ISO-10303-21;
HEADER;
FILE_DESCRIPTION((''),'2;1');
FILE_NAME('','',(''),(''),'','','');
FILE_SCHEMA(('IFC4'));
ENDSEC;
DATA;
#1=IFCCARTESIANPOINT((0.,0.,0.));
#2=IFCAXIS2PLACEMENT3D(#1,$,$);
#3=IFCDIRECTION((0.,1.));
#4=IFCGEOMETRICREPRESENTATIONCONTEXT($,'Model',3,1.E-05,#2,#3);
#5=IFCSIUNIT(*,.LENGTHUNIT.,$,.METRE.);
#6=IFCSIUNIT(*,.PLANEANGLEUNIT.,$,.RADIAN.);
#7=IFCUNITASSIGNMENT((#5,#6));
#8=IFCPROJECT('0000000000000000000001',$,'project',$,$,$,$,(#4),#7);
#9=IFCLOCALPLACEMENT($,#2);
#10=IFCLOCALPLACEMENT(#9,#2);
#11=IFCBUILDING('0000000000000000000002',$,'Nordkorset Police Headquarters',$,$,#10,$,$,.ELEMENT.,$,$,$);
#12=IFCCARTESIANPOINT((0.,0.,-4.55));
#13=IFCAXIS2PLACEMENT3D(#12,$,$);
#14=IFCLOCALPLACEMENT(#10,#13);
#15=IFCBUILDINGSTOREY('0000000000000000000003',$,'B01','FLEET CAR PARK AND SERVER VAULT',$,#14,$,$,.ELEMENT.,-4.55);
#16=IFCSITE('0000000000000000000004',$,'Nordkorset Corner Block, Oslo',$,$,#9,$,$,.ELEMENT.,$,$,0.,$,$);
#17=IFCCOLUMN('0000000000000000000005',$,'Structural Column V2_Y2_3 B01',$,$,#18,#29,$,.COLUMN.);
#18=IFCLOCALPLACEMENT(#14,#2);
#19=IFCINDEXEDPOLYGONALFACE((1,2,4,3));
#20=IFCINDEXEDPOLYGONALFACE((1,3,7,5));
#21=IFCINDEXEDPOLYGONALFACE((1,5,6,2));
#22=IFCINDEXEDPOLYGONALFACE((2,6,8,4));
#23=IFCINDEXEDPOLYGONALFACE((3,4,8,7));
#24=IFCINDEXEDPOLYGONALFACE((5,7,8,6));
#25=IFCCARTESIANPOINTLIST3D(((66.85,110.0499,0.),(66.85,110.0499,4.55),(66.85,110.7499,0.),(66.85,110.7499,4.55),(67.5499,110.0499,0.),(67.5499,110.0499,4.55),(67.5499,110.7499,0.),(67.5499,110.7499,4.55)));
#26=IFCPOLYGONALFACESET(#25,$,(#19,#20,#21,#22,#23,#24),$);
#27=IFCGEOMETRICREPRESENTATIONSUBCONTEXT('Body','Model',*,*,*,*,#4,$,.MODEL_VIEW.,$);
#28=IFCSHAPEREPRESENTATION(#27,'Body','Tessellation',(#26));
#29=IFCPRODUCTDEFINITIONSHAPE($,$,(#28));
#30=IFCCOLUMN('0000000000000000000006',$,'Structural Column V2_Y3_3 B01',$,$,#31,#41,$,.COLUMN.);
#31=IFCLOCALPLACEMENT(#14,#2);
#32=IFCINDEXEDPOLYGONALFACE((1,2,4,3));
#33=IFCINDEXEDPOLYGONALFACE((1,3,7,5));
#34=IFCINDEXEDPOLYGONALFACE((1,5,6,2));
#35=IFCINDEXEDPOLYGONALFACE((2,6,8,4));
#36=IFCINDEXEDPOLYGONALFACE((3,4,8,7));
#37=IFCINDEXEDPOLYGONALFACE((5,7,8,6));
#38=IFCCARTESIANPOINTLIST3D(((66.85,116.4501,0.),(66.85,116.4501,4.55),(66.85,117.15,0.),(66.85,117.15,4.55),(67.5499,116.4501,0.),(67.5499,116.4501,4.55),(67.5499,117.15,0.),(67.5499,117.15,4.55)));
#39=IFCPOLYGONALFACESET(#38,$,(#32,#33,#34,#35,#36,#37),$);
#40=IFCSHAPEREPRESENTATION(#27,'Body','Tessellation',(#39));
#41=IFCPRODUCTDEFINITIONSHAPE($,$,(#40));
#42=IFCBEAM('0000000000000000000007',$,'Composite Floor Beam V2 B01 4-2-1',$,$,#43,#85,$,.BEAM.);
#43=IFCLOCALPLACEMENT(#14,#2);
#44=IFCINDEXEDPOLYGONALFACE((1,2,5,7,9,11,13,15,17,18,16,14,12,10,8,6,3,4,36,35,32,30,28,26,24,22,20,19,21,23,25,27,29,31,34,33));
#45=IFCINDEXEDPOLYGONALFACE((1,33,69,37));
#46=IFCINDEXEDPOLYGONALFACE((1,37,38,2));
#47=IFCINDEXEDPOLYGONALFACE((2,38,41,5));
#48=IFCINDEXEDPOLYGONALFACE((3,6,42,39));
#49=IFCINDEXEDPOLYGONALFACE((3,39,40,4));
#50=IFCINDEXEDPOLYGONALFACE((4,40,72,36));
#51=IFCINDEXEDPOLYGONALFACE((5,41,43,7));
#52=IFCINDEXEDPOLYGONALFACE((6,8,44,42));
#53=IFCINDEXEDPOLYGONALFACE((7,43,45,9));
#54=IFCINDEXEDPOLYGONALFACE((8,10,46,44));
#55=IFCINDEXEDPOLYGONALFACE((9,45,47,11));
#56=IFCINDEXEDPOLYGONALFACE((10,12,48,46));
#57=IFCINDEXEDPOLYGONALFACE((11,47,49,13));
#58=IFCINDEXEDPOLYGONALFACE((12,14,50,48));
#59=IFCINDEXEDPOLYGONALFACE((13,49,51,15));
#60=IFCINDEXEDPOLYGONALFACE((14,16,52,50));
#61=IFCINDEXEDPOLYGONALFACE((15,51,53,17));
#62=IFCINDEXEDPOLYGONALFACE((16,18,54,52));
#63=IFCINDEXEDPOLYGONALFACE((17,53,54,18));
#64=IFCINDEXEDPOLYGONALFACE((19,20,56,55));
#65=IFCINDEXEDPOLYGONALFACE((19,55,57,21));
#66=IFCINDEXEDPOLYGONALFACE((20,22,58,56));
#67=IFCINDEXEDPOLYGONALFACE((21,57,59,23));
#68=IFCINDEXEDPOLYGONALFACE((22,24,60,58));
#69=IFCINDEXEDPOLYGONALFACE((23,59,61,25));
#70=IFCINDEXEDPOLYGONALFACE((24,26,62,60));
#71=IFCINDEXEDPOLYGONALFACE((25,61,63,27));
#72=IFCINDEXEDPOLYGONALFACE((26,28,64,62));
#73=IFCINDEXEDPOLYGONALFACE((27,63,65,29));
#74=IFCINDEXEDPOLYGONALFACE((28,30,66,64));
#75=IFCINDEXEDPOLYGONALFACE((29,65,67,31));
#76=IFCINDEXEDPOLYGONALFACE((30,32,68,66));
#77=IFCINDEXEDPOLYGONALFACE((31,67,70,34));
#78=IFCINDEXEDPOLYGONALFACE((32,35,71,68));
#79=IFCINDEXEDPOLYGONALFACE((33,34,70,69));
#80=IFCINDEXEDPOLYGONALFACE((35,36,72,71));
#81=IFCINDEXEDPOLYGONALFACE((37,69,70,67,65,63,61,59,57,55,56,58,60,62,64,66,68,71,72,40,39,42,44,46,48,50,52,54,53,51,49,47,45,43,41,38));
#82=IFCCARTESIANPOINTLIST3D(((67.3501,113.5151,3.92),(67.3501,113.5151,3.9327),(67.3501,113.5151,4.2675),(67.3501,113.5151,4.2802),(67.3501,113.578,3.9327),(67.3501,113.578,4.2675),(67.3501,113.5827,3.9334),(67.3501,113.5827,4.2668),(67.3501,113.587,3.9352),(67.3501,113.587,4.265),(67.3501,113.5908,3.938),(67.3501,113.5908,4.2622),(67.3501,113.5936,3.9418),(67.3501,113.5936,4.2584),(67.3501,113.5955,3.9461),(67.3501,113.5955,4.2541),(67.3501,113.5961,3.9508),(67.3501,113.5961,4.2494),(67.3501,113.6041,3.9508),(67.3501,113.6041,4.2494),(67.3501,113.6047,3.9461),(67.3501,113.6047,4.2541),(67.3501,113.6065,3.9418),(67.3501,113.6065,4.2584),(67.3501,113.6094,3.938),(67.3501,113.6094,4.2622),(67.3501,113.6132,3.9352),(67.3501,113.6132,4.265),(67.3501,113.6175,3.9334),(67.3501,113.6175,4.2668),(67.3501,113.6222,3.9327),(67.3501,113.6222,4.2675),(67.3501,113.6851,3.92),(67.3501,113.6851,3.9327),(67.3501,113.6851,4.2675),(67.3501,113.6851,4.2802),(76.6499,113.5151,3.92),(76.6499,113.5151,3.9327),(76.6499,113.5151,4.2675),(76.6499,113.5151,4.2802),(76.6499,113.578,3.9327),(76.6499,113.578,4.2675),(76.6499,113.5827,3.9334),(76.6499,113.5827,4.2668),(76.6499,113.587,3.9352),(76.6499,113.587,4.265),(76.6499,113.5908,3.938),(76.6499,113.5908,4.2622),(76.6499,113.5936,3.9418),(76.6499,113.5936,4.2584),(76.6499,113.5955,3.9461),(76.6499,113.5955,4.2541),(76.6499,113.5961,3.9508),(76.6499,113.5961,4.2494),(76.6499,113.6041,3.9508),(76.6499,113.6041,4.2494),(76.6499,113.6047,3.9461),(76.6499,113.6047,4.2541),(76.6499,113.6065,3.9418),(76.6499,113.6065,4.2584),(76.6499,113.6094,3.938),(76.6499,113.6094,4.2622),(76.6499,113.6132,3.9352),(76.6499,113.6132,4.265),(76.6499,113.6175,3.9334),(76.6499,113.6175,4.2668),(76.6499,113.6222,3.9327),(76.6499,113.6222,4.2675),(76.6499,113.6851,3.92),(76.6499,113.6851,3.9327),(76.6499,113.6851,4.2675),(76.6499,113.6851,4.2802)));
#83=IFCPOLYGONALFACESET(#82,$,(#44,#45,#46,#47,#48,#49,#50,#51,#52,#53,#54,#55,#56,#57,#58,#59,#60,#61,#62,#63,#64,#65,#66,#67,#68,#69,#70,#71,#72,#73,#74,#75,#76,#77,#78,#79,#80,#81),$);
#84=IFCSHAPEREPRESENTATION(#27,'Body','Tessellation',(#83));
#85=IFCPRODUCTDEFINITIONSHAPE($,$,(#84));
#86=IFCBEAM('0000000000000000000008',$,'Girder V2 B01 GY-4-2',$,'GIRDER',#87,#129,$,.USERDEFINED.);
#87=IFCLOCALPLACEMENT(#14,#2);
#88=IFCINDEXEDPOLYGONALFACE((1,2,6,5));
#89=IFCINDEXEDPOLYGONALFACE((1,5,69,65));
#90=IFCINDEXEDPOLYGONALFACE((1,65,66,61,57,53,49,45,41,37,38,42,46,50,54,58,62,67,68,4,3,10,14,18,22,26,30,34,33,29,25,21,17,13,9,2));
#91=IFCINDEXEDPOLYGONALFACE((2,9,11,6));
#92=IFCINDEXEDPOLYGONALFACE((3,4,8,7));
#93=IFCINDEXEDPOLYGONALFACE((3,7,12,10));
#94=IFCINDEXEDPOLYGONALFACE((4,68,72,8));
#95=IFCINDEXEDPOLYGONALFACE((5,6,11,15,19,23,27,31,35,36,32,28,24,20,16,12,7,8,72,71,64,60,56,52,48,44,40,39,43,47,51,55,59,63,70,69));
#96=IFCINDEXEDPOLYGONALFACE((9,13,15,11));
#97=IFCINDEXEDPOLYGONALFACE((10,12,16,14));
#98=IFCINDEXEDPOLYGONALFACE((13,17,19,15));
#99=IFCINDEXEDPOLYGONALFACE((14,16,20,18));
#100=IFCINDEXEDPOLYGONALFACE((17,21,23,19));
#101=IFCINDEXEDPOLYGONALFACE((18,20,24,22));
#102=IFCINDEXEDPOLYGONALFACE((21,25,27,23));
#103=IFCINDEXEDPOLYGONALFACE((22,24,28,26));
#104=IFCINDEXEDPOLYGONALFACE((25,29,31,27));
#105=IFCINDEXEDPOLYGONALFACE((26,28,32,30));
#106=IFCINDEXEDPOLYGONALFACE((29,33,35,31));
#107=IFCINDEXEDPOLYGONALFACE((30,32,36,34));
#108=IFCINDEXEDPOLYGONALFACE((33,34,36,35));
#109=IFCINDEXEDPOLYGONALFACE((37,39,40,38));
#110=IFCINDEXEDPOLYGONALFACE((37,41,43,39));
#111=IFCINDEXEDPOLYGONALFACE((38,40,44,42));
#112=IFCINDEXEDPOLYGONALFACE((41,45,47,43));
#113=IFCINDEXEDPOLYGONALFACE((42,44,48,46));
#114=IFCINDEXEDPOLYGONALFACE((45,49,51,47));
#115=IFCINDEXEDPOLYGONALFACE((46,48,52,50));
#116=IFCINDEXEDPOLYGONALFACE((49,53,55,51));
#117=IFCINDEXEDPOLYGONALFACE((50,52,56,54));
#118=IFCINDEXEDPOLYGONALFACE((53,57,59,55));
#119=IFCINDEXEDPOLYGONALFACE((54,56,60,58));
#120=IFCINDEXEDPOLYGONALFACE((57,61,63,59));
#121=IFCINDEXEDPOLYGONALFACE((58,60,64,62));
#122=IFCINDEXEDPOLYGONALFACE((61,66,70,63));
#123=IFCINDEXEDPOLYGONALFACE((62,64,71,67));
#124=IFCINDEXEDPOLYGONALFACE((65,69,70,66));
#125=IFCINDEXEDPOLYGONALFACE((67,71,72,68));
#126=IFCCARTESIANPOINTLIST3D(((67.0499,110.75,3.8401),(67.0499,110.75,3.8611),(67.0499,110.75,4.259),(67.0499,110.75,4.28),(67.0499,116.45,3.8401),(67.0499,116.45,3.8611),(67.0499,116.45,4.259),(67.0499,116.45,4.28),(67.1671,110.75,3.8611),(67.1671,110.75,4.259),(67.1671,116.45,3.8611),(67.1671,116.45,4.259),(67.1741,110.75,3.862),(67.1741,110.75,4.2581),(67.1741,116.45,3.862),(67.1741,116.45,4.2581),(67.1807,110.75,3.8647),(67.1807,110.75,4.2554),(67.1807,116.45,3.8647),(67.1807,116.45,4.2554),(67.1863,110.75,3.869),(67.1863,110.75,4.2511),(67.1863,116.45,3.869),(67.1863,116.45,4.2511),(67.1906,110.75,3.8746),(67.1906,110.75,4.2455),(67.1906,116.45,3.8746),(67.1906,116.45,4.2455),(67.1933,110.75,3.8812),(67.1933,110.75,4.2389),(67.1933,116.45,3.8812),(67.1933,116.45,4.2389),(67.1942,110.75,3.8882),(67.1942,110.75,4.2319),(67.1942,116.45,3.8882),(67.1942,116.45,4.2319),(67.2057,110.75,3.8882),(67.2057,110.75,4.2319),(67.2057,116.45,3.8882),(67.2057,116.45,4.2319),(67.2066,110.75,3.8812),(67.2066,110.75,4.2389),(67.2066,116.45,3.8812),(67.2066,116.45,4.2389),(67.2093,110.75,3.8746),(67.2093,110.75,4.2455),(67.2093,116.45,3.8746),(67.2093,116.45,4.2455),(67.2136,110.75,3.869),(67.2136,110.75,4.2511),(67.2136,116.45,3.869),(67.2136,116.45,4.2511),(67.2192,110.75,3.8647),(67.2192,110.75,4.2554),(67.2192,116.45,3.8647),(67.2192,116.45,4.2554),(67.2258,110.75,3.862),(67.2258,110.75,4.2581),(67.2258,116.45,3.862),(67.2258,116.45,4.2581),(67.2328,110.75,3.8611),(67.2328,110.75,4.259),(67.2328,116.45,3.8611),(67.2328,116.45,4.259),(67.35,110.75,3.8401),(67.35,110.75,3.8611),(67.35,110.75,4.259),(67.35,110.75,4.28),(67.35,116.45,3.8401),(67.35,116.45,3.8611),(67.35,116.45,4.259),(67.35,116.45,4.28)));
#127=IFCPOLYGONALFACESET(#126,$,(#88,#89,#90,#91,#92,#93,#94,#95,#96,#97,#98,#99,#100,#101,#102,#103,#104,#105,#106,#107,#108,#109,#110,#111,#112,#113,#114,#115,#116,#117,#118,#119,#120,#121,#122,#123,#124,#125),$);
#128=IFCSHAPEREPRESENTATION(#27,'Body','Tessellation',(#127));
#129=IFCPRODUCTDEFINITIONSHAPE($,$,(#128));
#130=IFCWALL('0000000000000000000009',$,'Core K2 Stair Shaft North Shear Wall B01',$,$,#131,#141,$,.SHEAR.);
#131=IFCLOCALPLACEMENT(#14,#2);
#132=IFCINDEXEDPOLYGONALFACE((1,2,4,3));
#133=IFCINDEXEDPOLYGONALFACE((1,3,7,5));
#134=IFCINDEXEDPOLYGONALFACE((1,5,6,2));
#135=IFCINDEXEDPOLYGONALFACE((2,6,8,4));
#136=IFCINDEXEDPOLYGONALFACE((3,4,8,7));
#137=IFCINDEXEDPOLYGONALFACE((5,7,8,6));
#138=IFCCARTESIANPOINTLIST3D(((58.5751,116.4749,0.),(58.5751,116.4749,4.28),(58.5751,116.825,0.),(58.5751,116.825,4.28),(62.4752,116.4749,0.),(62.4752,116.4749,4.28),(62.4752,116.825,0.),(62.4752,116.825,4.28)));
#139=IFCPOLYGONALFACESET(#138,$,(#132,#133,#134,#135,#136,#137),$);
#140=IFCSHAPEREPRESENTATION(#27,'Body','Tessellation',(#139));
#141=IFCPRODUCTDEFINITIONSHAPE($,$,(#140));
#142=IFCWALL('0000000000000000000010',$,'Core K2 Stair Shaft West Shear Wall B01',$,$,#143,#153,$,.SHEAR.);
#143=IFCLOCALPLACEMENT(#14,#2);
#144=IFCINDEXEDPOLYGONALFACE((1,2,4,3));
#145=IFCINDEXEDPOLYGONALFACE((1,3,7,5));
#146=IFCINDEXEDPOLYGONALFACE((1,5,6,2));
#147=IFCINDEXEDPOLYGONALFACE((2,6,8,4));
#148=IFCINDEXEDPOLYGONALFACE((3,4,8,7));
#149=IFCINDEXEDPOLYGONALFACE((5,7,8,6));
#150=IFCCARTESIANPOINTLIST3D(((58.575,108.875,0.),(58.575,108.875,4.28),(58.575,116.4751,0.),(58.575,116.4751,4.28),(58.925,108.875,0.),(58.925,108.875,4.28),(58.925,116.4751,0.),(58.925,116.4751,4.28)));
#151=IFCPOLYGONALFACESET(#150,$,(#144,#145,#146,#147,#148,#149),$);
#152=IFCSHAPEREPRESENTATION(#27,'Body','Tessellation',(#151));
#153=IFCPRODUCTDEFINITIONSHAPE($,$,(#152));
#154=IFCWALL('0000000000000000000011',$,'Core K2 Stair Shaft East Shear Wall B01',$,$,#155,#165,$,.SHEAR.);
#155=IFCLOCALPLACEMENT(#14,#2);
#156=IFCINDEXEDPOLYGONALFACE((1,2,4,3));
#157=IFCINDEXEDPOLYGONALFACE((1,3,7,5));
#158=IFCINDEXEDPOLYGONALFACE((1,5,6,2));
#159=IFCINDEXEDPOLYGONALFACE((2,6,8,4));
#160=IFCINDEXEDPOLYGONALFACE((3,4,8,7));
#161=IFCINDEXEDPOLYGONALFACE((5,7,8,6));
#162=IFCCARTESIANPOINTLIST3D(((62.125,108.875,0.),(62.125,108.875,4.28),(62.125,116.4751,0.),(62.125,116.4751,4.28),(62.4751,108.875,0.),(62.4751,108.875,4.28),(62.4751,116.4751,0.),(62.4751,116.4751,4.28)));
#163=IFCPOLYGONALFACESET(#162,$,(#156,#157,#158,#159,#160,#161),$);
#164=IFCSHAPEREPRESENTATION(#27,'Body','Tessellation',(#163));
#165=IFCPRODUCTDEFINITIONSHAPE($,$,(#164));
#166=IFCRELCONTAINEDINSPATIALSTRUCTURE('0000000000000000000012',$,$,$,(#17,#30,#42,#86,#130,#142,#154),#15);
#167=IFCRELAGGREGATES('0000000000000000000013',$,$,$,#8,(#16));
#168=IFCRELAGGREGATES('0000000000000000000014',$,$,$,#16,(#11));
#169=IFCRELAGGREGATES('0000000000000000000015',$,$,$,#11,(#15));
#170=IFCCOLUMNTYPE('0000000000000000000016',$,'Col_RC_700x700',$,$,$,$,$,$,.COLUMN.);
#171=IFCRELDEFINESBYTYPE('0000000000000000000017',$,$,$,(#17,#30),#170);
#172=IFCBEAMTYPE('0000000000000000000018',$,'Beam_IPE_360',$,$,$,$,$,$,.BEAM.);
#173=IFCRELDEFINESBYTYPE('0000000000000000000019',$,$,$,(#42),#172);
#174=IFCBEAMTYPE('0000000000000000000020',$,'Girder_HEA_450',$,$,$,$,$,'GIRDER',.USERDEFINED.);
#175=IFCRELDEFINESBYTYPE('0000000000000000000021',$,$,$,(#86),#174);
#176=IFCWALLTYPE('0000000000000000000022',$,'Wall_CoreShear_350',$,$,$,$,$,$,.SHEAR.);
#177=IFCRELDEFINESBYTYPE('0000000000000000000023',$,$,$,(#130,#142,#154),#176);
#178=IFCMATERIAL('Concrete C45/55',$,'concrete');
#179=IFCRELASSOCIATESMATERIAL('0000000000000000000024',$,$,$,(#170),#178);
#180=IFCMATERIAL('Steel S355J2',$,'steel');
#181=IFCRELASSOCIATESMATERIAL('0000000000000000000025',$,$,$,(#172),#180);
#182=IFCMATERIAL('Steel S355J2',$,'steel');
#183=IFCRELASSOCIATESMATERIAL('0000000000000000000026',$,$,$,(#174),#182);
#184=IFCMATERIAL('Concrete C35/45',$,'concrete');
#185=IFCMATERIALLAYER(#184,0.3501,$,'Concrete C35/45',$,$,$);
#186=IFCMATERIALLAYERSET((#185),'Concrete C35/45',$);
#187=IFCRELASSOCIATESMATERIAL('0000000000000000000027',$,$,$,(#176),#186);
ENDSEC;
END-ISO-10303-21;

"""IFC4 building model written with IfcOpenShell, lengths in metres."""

from ifc_helpers import new_model, si_unit, direction, frame, frame_2d, origin, origin_2d, place, context, subcontext, project, spatial, rectangle, i_section, extrude, material, layer, layer_set, material_profile, profile_set, type_object, element, save


model = new_model("IFC4")

# Units and contexts
model_context = context("Model", 3, precision=1e-05, world=origin(), true_north=direction((0.0, 1.0)))
body_context = subcontext(model_context, "Body", "Model", "MODEL_VIEW")
ifc_project = project(units=[si_unit("LENGTHUNIT", "METRE"), si_unit("PLANEANGLEUNIT", "RADIAN")], contexts=[model_context])

# Site, building, storey
site_placement = place(None, origin())
site = spatial("IfcSite", under=ifc_project, at=site_placement, Name="Nordkorset Corner Block, Oslo", CompositionType="ELEMENT", RefElevation=0.0)
building_placement = place(site_placement, origin())
building = spatial("IfcBuilding", under=site, at=building_placement, Name="Nordkorset Police Headquarters", CompositionType="ELEMENT")
storey_placement = place(building_placement, frame((0.0, 0.0, -4.55)))
storey = spatial("IfcBuildingStorey", under=building, at=storey_placement, Name="B01", Description="FLEET CAR PARK AND SERVER VAULT", CompositionType="ELEMENT", Elevation=-4.55)

# Columns
ifc_material_1 = material(Name="Concrete C45/55", Category="concrete")
ifc_material_profile_1 = material_profile(ifc_material_1, rectangle(XDim=0.7, YDim=0.7, at=origin_2d()), Name="RC 700x700")
ifc_profile_set_1 = profile_set([ifc_material_profile_1], Name="Concrete C45/55")
column_type = type_object("IfcColumnType", Name="Col_RC_700x700", PredefinedType="COLUMN", material=ifc_profile_set_1)
for number, where, z_axis, x_axis, name in (
    (1, (67.2, 110.3999, 0.0), (0.0, 0.0, 1.0), (1.0, 0.0, 0.0), "Structural Column V2_Y2_3 B01"),
    (2, (67.2, 116.8, 0.0), (0.0, 0.0, 1.0), (1.0, 0.0, 0.0), "Structural Column V2_Y3_3 B01"),
):
    element("IfcColumn", number, at=place(storey_placement, frame(where, z_axis=z_axis, x_axis=x_axis)), inside=storey, type_object=column_type, Name=name, PredefinedType="COLUMN", context=body_context, shape_type="SweptSolid", body=[
        extrude(rectangle(XDim=0.7, YDim=0.7, at=origin_2d()), origin(), (0.0, 0.0, 1.0), 4.55),
    ])

# Beams
ifc_material_2 = material(Name="Steel S355J2", Category="steel")
ifc_material_profile_2 = material_profile(ifc_material_2, i_section(OverallWidth=0.1699, OverallDepth=0.3601, WebThickness=0.0081, FlangeThickness=0.0127, FilletRadius=0.0181, at=origin_2d()), Name="IPE 360")
ifc_profile_set_2 = profile_set([ifc_material_profile_2], Name="Steel S355J2")
beam_type_1 = type_object("IfcBeamType", Name="Beam_IPE_360", PredefinedType="BEAM", material=ifc_profile_set_2)
beam_1_placement = place(storey_placement, frame((67.3501, 113.6001, 4.1001), z_axis=(1.0, 0.0, 0.0), x_axis=(0.0, 1.0, 0.0)))
element("IfcBeam", 3, at=beam_1_placement, inside=storey, type_object=beam_type_1, Name="Composite Floor Beam V2 B01 4-2-1", PredefinedType="BEAM", context=body_context, shape_type="SweptSolid", body=[
    extrude(i_section(OverallWidth=0.1699, OverallDepth=0.3601, WebThickness=0.0081, FlangeThickness=0.0127, FilletRadius=0.0181, at=origin_2d()), origin(), (0.0, 0.0, 1.0), 9.2998),
])
ifc_material_3 = material(Name="Steel S355J2", Category="steel")
ifc_material_profile_3 = material_profile(ifc_material_3, i_section(OverallWidth=0.3, OverallDepth=0.4399, WebThickness=0.0115, FlangeThickness=0.021, FilletRadius=0.0271, at=origin_2d()), Name="HEA 450")
ifc_profile_set_3 = profile_set([ifc_material_profile_3], Name="Steel S355J2")
beam_type_2 = type_object("IfcBeamType", Name="Girder_HEA_450", ElementType="GIRDER", PredefinedType="USERDEFINED", material=ifc_profile_set_3)
beam_2_placement = place(storey_placement, frame((67.2, 110.75, 4.0601), z_axis=(0.0, 1.0, 0.0), x_axis=(-1.0, 0.0, 0.0)))
element("IfcBeam", 4, at=beam_2_placement, inside=storey, type_object=beam_type_2, Name="Girder V2 B01 GY-4-2", ObjectType="GIRDER", PredefinedType="USERDEFINED", context=body_context, shape_type="SweptSolid", body=[
    extrude(i_section(OverallWidth=0.3, OverallDepth=0.4399, WebThickness=0.0115, FlangeThickness=0.021, FilletRadius=0.0271, at=origin_2d()), origin(), (0.0, 0.0, 1.0), 5.7),
])

# Shared definitions
ifc_material_4 = material(Name="Concrete C35/45", Category="concrete")
ifc_layer_1 = layer(ifc_material_4, 0.3501, Name="Concrete C35/45")
ifc_layer_set_1 = layer_set([ifc_layer_1], Name="Concrete C35/45")
wall_type_1 = type_object("IfcWallType", Name="Wall_CoreShear_350", PredefinedType="SHEAR", material=ifc_layer_set_1)

# Walls
wall_1_placement = place(storey_placement, frame((58.575, 116.6499, 0.0), z_axis=(0.0, 0.0, 1.0), x_axis=(1.0, 0.0, 0.0)))
element("IfcWall", 5, at=wall_1_placement, inside=storey, type_object=wall_type_1, Name="Core K2 Stair Shaft North Shear Wall B01", PredefinedType="SHEAR", context=body_context, shape_type="SweptSolid", body=[
    extrude(rectangle(XDim=3.9001, YDim=0.3501, at=frame_2d((1.9502, 0.0))), origin(), (0.0, 0.0, 1.0), 4.28),
])
for number, where, z_axis, x_axis, name in (
    (6, (58.75, 108.875, 0.0), (0.0, 0.0, 1.0), (0.0, 1.0, 0.0), "Core K2 Stair Shaft West Shear Wall B01"),
    (7, (62.3, 108.875, 0.0), (0.0, 0.0, 1.0), (0.0, 1.0, 0.0), "Core K2 Stair Shaft East Shear Wall B01"),
):
    element("IfcWall", number, at=place(storey_placement, frame(where, z_axis=z_axis, x_axis=x_axis)), inside=storey, type_object=wall_type_1, Name=name, PredefinedType="SHEAR", context=body_context, shape_type="SweptSolid", body=[
        extrude(rectangle(XDim=7.6001, YDim=0.3501, at=frame_2d((3.8, 0.0))), origin(), (0.0, 0.0, 1.0), 4.28),
    ])

save(model, "model.ifc")
